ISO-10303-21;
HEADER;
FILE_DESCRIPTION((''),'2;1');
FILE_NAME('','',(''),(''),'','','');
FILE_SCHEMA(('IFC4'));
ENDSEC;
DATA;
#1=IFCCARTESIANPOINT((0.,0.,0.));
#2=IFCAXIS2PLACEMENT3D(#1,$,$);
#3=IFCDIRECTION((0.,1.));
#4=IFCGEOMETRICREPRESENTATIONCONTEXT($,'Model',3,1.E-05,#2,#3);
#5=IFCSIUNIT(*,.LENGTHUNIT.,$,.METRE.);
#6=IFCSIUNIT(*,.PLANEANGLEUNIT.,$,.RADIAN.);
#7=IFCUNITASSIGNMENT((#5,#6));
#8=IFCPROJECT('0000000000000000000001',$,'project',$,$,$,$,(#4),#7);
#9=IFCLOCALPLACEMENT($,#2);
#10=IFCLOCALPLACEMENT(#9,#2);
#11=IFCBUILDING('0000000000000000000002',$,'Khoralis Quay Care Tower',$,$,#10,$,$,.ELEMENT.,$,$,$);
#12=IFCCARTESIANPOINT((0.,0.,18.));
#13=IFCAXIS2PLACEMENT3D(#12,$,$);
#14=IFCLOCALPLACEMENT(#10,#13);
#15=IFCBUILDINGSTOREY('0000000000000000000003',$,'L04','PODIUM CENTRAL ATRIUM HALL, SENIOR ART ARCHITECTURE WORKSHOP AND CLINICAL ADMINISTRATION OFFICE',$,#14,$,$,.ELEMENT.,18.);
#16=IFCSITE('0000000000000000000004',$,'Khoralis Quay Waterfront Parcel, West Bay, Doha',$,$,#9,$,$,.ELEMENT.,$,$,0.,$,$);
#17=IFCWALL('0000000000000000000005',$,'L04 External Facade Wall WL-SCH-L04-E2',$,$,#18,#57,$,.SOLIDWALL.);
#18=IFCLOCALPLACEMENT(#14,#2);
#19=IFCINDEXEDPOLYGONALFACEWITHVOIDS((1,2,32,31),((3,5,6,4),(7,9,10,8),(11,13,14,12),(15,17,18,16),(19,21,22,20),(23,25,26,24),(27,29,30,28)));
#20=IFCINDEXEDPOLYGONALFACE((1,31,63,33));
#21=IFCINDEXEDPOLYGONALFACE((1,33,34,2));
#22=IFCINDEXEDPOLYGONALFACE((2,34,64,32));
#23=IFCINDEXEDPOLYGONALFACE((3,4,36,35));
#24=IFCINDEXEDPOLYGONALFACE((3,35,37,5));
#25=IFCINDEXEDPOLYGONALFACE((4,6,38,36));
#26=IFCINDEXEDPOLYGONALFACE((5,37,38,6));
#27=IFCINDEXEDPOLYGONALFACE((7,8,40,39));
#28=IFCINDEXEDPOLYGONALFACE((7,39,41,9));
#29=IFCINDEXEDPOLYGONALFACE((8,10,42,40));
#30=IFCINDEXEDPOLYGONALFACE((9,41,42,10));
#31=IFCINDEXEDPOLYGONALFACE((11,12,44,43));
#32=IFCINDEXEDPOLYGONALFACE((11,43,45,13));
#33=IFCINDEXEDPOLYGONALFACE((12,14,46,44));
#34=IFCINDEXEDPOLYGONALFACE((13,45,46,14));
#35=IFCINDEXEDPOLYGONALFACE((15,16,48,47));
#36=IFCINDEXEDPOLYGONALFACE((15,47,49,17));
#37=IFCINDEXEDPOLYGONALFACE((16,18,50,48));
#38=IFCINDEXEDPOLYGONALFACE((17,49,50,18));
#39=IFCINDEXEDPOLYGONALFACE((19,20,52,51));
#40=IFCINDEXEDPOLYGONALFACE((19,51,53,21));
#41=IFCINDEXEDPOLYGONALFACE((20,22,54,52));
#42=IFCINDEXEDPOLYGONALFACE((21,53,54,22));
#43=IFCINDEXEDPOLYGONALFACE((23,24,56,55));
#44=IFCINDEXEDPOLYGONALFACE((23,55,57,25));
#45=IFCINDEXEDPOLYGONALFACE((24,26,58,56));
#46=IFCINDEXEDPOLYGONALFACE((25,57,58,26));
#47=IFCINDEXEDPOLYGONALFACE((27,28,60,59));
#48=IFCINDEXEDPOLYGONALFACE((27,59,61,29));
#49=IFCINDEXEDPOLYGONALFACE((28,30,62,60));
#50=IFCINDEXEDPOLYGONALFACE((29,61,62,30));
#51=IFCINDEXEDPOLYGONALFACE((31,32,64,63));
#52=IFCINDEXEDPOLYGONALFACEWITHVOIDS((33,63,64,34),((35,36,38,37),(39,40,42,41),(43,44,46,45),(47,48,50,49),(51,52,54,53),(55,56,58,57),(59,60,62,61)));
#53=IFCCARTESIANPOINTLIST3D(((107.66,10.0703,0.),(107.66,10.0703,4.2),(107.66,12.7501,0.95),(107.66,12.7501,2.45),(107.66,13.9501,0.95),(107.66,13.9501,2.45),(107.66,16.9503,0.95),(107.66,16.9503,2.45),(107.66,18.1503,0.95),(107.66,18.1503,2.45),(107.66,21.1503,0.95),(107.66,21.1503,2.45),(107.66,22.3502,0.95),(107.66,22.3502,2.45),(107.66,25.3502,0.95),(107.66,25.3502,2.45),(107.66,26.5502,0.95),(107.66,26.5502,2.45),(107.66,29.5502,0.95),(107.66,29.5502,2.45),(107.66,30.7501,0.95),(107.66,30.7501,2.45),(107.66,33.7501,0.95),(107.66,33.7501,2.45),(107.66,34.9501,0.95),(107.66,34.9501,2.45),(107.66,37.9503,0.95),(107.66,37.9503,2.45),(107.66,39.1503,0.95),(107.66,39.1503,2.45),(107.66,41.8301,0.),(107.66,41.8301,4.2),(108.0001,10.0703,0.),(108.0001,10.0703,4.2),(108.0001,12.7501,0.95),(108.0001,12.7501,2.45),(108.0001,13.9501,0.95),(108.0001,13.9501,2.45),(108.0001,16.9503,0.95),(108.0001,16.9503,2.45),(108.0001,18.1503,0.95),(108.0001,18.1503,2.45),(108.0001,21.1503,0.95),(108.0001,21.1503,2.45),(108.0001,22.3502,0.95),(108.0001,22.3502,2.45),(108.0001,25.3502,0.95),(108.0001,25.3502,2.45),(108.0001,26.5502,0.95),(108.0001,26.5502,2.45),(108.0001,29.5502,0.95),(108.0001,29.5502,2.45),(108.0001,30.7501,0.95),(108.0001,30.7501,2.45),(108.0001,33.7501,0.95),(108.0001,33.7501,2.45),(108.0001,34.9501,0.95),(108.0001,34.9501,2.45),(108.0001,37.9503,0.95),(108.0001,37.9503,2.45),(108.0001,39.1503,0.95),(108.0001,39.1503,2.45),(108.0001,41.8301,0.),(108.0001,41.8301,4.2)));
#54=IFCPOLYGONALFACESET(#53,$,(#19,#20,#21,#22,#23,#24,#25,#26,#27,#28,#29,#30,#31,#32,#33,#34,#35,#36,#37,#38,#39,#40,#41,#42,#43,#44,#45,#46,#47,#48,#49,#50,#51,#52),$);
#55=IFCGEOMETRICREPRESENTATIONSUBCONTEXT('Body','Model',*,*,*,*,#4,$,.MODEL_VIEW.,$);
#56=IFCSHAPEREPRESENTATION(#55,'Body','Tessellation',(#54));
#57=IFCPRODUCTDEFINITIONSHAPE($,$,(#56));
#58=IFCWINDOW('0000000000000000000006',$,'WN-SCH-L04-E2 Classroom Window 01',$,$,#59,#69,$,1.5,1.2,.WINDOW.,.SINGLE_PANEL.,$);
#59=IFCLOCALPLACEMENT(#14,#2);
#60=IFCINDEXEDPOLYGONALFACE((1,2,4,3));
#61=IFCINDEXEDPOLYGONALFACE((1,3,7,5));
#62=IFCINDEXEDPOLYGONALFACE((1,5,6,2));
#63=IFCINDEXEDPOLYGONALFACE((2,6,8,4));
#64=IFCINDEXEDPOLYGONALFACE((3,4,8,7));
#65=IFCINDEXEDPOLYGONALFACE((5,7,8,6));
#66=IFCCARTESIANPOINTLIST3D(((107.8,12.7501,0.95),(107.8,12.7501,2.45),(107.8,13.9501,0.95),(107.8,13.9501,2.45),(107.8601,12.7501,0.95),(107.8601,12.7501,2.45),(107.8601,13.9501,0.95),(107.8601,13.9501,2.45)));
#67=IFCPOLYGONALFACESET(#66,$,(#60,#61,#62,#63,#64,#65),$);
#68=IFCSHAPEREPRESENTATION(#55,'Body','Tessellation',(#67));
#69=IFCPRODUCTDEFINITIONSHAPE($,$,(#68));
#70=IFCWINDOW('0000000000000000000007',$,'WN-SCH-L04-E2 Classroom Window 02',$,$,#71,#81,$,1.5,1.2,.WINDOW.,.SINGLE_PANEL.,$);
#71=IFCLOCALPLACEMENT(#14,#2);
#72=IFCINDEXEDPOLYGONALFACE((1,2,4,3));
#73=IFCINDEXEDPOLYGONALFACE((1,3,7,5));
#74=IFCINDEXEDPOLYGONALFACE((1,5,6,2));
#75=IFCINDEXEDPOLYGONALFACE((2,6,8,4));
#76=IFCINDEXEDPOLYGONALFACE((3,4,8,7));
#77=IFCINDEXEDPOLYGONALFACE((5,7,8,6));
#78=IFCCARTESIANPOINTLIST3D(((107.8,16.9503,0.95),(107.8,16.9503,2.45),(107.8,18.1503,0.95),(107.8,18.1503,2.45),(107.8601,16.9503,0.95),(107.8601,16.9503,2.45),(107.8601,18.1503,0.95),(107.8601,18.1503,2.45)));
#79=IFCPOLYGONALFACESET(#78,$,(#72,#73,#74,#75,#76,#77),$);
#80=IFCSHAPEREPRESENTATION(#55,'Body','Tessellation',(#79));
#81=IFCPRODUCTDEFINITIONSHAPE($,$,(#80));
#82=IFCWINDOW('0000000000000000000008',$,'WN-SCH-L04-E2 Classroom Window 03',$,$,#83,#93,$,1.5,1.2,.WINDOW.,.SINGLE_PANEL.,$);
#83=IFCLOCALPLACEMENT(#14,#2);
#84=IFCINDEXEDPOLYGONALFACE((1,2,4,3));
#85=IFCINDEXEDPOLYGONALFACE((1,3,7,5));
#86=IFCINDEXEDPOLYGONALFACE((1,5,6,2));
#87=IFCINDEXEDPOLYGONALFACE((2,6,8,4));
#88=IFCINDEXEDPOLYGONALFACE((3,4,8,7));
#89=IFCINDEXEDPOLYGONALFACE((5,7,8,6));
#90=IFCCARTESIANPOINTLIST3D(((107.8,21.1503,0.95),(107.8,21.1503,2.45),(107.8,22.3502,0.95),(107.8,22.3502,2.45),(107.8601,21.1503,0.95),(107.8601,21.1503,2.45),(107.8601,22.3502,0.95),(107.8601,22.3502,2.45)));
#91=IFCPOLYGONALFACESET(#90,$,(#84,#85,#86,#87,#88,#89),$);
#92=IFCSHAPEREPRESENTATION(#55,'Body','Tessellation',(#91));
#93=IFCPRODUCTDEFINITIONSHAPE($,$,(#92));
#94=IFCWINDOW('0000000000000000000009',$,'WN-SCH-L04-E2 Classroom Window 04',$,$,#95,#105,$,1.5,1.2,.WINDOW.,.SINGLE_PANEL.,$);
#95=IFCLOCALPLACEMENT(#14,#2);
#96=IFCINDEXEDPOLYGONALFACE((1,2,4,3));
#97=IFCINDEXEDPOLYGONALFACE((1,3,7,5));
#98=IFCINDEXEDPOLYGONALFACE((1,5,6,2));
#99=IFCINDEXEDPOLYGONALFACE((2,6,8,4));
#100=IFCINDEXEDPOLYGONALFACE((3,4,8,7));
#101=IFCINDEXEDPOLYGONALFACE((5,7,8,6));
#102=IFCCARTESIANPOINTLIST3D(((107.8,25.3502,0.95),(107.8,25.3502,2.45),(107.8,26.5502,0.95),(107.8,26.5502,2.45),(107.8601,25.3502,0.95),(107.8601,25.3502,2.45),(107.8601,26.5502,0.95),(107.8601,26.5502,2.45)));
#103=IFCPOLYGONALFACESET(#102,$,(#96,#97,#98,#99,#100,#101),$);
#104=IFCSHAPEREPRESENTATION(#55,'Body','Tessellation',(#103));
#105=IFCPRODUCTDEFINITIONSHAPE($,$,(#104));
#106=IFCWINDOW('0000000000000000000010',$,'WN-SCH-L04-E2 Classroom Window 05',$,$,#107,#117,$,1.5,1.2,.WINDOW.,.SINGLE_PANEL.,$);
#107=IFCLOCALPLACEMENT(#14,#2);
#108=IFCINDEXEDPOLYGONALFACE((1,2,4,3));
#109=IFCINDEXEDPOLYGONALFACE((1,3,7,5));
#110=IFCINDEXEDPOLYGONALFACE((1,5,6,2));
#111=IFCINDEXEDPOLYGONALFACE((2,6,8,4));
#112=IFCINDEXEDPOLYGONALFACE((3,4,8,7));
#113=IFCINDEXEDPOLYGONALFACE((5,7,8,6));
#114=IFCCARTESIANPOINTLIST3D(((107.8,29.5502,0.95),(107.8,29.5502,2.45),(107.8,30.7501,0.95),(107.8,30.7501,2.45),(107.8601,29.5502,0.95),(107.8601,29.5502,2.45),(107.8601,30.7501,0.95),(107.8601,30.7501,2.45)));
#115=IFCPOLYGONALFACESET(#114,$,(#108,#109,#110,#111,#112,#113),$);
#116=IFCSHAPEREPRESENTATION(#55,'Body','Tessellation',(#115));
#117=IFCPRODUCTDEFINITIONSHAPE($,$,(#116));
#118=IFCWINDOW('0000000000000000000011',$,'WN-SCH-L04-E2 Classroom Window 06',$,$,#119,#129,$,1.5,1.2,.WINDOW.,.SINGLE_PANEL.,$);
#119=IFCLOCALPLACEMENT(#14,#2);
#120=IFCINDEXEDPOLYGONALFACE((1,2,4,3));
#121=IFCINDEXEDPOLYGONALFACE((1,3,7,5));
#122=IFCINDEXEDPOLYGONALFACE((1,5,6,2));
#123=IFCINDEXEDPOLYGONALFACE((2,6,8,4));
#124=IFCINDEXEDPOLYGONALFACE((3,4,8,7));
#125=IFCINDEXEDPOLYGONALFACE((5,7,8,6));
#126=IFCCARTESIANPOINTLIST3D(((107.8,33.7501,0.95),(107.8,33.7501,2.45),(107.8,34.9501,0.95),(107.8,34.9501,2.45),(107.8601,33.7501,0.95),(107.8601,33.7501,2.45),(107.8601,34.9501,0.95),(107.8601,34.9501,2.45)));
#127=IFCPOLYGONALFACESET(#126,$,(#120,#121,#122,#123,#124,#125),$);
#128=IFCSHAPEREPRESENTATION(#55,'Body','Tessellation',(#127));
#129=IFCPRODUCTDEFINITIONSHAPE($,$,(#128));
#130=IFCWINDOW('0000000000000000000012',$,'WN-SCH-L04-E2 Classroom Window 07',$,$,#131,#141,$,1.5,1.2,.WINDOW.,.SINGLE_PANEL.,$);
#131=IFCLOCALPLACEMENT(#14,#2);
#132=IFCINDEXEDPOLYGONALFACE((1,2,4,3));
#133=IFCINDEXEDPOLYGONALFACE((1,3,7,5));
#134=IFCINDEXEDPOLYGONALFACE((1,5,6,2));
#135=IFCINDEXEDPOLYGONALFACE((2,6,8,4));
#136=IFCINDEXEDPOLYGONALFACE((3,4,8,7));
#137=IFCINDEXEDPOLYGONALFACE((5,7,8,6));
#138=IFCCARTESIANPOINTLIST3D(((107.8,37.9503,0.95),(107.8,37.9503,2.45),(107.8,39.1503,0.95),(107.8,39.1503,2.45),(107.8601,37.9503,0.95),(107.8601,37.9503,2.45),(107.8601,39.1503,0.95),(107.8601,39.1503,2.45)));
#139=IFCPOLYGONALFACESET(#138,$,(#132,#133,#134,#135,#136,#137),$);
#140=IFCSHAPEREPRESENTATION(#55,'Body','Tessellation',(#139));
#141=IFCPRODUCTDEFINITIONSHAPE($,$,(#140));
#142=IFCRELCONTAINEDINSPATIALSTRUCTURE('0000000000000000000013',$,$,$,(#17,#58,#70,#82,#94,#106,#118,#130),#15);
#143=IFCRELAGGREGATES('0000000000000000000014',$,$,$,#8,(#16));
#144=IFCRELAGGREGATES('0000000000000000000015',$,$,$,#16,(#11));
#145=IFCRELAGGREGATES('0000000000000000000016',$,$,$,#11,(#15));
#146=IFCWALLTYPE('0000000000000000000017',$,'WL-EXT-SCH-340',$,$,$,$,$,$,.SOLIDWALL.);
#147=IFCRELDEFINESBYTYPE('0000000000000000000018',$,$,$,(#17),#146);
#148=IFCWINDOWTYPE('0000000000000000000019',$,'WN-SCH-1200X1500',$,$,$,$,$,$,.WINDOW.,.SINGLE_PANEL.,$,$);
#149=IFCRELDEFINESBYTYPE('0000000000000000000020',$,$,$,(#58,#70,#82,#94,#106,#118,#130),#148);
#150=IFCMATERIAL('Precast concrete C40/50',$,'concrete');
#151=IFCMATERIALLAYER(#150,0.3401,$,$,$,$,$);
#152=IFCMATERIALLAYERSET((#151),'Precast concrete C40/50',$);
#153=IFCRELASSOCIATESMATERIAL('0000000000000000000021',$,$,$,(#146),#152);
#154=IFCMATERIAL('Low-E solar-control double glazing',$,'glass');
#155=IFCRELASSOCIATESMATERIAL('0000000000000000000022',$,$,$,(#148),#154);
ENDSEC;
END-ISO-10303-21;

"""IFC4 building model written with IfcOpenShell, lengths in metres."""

from ifc_helpers import new_model, si_unit, direction, frame, frame_2d, origin, place, context, subcontext, project, spatial, rectangle, extrude, source, transform, mapped, material, layer, layer_set, type_object, element, fill, save


model = new_model("IFC4")

# Units and contexts
model_context = context("Model", 3, precision=1e-05, world=origin(), true_north=direction((0.0, 1.0)))
body_context = subcontext(model_context, "Body", "Model", "MODEL_VIEW")
ifc_project = project(units=[si_unit("LENGTHUNIT", "METRE"), si_unit("PLANEANGLEUNIT", "RADIAN")], contexts=[model_context])

# Site, building, storey
site_placement = place(None, origin())
site = spatial("IfcSite", under=ifc_project, at=site_placement, Name="Khoralis Quay Waterfront Parcel, West Bay, Doha", CompositionType="ELEMENT", RefElevation=0.0)
building_placement = place(site_placement, origin())
building = spatial("IfcBuilding", under=site, at=building_placement, Name="Khoralis Quay Care Tower", CompositionType="ELEMENT")
storey_placement = place(building_placement, frame((0.0, 0.0, 18.0)))
storey = spatial("IfcBuildingStorey", under=building, at=storey_placement, Name="L04", Description="PODIUM CENTRAL ATRIUM HALL, SENIOR ART ARCHITECTURE WORKSHOP AND CLINICAL ADMINISTRATION OFFICE", CompositionType="ELEMENT", Elevation=18.0)

# Shared definitions
ifc_material_1 = material(Name="Precast concrete C40/50", Category="concrete")
ifc_layer_1 = layer(ifc_material_1, 0.3401)
ifc_layer_set_1 = layer_set([ifc_layer_1], Name="Precast concrete C40/50")
wall_type_1 = type_object("IfcWallType", Name="WL-EXT-SCH-340", PredefinedType="SOLIDWALL", material=ifc_layer_set_1)
ifc_material_2 = material(Name="Low-E solar-control double glazing", Category="glass")
window_type = type_object("IfcWindowType", Name="WN-SCH-1200X1500", PartitioningType="SINGLE_PANEL", PredefinedType="WINDOW", material=ifc_material_2)
shared_shape_1 = source(origin(), body_context, "Body", "SweptSolid", [
    extrude(rectangle(XDim=1.2, YDim=1.5, at=frame_2d((0.6001, 0.75))), frame((0.0, 0.03, 0.0), z_axis=(0.0, -1.0, 0.0), x_axis=(1.0, 0.0, 0.0)), (0.0, 0.0, 1.0), 0.0601),
])

# Wall, openings, windows
wall_1_placement = place(storey_placement, frame((107.8301, 10.0703, 0.0), z_axis=(0.0, 0.0, 1.0), x_axis=(0.0, 1.0, 0.0)))
wall_1 = element("IfcWall", 1, at=wall_1_placement, inside=storey, type_object=wall_type_1, Name="L04 External Facade Wall WL-SCH-L04-E2", PredefinedType="SOLIDWALL", context=body_context, shape_type="SweptSolid", body=[
    extrude(rectangle(XDim=31.7598, YDim=0.3401, at=frame_2d((15.8799, 0.0))), origin(), (0.0, 0.0, 1.0), 4.2),
])
opening_1_placement = place(wall_1_placement, frame((2.6797, 0.0, 0.95)))
opening_1 = element("IfcOpeningElement", 2, at=opening_1_placement, cuts=wall_1, PredefinedType="OPENING", context=body_context, shape_type="SweptSolid", body=[
    extrude(rectangle(XDim=1.2, YDim=1.5, at=frame_2d((0.6001, 0.75))), frame((0.0, 0.1802, 0.0), z_axis=(0.0, -1.0, 0.0), x_axis=(1.0, 0.0, 0.0)), (0.0, 0.0, 1.0), 0.3601),
])
opening_2_placement = place(wall_1_placement, frame((6.8799, 0.0, 0.95)))
opening_2 = element("IfcOpeningElement", 3, at=opening_2_placement, cuts=wall_1, PredefinedType="OPENING", context=body_context, shape_type="SweptSolid", body=[
    extrude(rectangle(XDim=1.2, YDim=1.5, at=frame_2d((0.6001, 0.75))), frame((0.0, 0.1802, 0.0), z_axis=(0.0, -1.0, 0.0), x_axis=(1.0, 0.0, 0.0)), (0.0, 0.0, 1.0), 0.3601),
])
opening_3_placement = place(wall_1_placement, frame((11.0798, 0.0, 0.95)))
opening_3 = element("IfcOpeningElement", 4, at=opening_3_placement, cuts=wall_1, PredefinedType="OPENING", context=body_context, shape_type="SweptSolid", body=[
    extrude(rectangle(XDim=1.2, YDim=1.5, at=frame_2d((0.6001, 0.75))), frame((0.0, 0.1802, 0.0), z_axis=(0.0, -1.0, 0.0), x_axis=(1.0, 0.0, 0.0)), (0.0, 0.0, 1.0), 0.3601),
])
opening_4_placement = place(wall_1_placement, frame((15.2798, 0.0, 0.95)))
opening_4 = element("IfcOpeningElement", 5, at=opening_4_placement, cuts=wall_1, PredefinedType="OPENING", context=body_context, shape_type="SweptSolid", body=[
    extrude(rectangle(XDim=1.2, YDim=1.5, at=frame_2d((0.6001, 0.75))), frame((0.0, 0.1802, 0.0), z_axis=(0.0, -1.0, 0.0), x_axis=(1.0, 0.0, 0.0)), (0.0, 0.0, 1.0), 0.3601),
])
opening_5_placement = place(wall_1_placement, frame((19.4797, 0.0, 0.95)))
opening_5 = element("IfcOpeningElement", 6, at=opening_5_placement, cuts=wall_1, PredefinedType="OPENING", context=body_context, shape_type="SweptSolid", body=[
    extrude(rectangle(XDim=1.2, YDim=1.5, at=frame_2d((0.6001, 0.75))), frame((0.0, 0.1802, 0.0), z_axis=(0.0, -1.0, 0.0), x_axis=(1.0, 0.0, 0.0)), (0.0, 0.0, 1.0), 0.3601),
])
opening_6_placement = place(wall_1_placement, frame((23.6797, 0.0, 0.95)))
opening_6 = element("IfcOpeningElement", 7, at=opening_6_placement, cuts=wall_1, PredefinedType="OPENING", context=body_context, shape_type="SweptSolid", body=[
    extrude(rectangle(XDim=1.2, YDim=1.5, at=frame_2d((0.6001, 0.75))), frame((0.0, 0.1802, 0.0), z_axis=(0.0, -1.0, 0.0), x_axis=(1.0, 0.0, 0.0)), (0.0, 0.0, 1.0), 0.3601),
])
opening_7_placement = place(wall_1_placement, frame((27.8799, 0.0, 0.95)))
opening_7 = element("IfcOpeningElement", 8, at=opening_7_placement, cuts=wall_1, PredefinedType="OPENING", context=body_context, shape_type="SweptSolid", body=[
    extrude(rectangle(XDim=1.2, YDim=1.5, at=frame_2d((0.6001, 0.75))), frame((0.0, 0.1802, 0.0), z_axis=(0.0, -1.0, 0.0), x_axis=(1.0, 0.0, 0.0)), (0.0, 0.0, 1.0), 0.3601),
])
window_1_placement = place(opening_1_placement, origin())
window_1 = element("IfcWindow", 9, at=window_1_placement, inside=storey, type_object=window_type, Name="WN-SCH-L04-E2 Classroom Window 01", OverallHeight=1.5, OverallWidth=1.2, PartitioningType="SINGLE_PANEL", PredefinedType="WINDOW", context=body_context, shape_type="MappedRepresentation", body=[
    mapped(shared_shape_1, transform((0.0, 0.0, 0.0), scale=1.0)),
])
fill(opening_1, window_1)
window_2_placement = place(opening_2_placement, origin())
window_2 = element("IfcWindow", 10, at=window_2_placement, inside=storey, type_object=window_type, Name="WN-SCH-L04-E2 Classroom Window 02", OverallHeight=1.5, OverallWidth=1.2, PartitioningType="SINGLE_PANEL", PredefinedType="WINDOW", context=body_context, shape_type="MappedRepresentation", body=[
    mapped(shared_shape_1, transform((0.0, 0.0, 0.0), scale=1.0)),
])
fill(opening_2, window_2)
window_3_placement = place(opening_3_placement, origin())
window_3 = element("IfcWindow", 11, at=window_3_placement, inside=storey, type_object=window_type, Name="WN-SCH-L04-E2 Classroom Window 03", OverallHeight=1.5, OverallWidth=1.2, PartitioningType="SINGLE_PANEL", PredefinedType="WINDOW", context=body_context, shape_type="MappedRepresentation", body=[
    mapped(shared_shape_1, transform((0.0, 0.0, 0.0), scale=1.0)),
])
fill(opening_3, window_3)
window_4_placement = place(opening_4_placement, origin())
window_4 = element("IfcWindow", 12, at=window_4_placement, inside=storey, type_object=window_type, Name="WN-SCH-L04-E2 Classroom Window 04", OverallHeight=1.5, OverallWidth=1.2, PartitioningType="SINGLE_PANEL", PredefinedType="WINDOW", context=body_context, shape_type="MappedRepresentation", body=[
    mapped(shared_shape_1, transform((0.0, 0.0, 0.0), scale=1.0)),
])
fill(opening_4, window_4)
window_5_placement = place(opening_5_placement, origin())
window_5 = element("IfcWindow", 13, at=window_5_placement, inside=storey, type_object=window_type, Name="WN-SCH-L04-E2 Classroom Window 05", OverallHeight=1.5, OverallWidth=1.2, PartitioningType="SINGLE_PANEL", PredefinedType="WINDOW", context=body_context, shape_type="MappedRepresentation", body=[
    mapped(shared_shape_1, transform((0.0, 0.0, 0.0), scale=1.0)),
])
fill(opening_5, window_5)
window_6_placement = place(opening_6_placement, origin())
window_6 = element("IfcWindow", 14, at=window_6_placement, inside=storey, type_object=window_type, Name="WN-SCH-L04-E2 Classroom Window 06", OverallHeight=1.5, OverallWidth=1.2, PartitioningType="SINGLE_PANEL", PredefinedType="WINDOW", context=body_context, shape_type="MappedRepresentation", body=[
    mapped(shared_shape_1, transform((0.0, 0.0, 0.0), scale=1.0)),
])
fill(opening_6, window_6)
window_7_placement = place(opening_7_placement, origin())
window_7 = element("IfcWindow", 15, at=window_7_placement, inside=storey, type_object=window_type, Name="WN-SCH-L04-E2 Classroom Window 07", OverallHeight=1.5, OverallWidth=1.2, PartitioningType="SINGLE_PANEL", PredefinedType="WINDOW", context=body_context, shape_type="MappedRepresentation", body=[
    mapped(shared_shape_1, transform((0.0, 0.0, 0.0), scale=1.0)),
])
fill(opening_7, window_7)

save(model, "model.ifc")
